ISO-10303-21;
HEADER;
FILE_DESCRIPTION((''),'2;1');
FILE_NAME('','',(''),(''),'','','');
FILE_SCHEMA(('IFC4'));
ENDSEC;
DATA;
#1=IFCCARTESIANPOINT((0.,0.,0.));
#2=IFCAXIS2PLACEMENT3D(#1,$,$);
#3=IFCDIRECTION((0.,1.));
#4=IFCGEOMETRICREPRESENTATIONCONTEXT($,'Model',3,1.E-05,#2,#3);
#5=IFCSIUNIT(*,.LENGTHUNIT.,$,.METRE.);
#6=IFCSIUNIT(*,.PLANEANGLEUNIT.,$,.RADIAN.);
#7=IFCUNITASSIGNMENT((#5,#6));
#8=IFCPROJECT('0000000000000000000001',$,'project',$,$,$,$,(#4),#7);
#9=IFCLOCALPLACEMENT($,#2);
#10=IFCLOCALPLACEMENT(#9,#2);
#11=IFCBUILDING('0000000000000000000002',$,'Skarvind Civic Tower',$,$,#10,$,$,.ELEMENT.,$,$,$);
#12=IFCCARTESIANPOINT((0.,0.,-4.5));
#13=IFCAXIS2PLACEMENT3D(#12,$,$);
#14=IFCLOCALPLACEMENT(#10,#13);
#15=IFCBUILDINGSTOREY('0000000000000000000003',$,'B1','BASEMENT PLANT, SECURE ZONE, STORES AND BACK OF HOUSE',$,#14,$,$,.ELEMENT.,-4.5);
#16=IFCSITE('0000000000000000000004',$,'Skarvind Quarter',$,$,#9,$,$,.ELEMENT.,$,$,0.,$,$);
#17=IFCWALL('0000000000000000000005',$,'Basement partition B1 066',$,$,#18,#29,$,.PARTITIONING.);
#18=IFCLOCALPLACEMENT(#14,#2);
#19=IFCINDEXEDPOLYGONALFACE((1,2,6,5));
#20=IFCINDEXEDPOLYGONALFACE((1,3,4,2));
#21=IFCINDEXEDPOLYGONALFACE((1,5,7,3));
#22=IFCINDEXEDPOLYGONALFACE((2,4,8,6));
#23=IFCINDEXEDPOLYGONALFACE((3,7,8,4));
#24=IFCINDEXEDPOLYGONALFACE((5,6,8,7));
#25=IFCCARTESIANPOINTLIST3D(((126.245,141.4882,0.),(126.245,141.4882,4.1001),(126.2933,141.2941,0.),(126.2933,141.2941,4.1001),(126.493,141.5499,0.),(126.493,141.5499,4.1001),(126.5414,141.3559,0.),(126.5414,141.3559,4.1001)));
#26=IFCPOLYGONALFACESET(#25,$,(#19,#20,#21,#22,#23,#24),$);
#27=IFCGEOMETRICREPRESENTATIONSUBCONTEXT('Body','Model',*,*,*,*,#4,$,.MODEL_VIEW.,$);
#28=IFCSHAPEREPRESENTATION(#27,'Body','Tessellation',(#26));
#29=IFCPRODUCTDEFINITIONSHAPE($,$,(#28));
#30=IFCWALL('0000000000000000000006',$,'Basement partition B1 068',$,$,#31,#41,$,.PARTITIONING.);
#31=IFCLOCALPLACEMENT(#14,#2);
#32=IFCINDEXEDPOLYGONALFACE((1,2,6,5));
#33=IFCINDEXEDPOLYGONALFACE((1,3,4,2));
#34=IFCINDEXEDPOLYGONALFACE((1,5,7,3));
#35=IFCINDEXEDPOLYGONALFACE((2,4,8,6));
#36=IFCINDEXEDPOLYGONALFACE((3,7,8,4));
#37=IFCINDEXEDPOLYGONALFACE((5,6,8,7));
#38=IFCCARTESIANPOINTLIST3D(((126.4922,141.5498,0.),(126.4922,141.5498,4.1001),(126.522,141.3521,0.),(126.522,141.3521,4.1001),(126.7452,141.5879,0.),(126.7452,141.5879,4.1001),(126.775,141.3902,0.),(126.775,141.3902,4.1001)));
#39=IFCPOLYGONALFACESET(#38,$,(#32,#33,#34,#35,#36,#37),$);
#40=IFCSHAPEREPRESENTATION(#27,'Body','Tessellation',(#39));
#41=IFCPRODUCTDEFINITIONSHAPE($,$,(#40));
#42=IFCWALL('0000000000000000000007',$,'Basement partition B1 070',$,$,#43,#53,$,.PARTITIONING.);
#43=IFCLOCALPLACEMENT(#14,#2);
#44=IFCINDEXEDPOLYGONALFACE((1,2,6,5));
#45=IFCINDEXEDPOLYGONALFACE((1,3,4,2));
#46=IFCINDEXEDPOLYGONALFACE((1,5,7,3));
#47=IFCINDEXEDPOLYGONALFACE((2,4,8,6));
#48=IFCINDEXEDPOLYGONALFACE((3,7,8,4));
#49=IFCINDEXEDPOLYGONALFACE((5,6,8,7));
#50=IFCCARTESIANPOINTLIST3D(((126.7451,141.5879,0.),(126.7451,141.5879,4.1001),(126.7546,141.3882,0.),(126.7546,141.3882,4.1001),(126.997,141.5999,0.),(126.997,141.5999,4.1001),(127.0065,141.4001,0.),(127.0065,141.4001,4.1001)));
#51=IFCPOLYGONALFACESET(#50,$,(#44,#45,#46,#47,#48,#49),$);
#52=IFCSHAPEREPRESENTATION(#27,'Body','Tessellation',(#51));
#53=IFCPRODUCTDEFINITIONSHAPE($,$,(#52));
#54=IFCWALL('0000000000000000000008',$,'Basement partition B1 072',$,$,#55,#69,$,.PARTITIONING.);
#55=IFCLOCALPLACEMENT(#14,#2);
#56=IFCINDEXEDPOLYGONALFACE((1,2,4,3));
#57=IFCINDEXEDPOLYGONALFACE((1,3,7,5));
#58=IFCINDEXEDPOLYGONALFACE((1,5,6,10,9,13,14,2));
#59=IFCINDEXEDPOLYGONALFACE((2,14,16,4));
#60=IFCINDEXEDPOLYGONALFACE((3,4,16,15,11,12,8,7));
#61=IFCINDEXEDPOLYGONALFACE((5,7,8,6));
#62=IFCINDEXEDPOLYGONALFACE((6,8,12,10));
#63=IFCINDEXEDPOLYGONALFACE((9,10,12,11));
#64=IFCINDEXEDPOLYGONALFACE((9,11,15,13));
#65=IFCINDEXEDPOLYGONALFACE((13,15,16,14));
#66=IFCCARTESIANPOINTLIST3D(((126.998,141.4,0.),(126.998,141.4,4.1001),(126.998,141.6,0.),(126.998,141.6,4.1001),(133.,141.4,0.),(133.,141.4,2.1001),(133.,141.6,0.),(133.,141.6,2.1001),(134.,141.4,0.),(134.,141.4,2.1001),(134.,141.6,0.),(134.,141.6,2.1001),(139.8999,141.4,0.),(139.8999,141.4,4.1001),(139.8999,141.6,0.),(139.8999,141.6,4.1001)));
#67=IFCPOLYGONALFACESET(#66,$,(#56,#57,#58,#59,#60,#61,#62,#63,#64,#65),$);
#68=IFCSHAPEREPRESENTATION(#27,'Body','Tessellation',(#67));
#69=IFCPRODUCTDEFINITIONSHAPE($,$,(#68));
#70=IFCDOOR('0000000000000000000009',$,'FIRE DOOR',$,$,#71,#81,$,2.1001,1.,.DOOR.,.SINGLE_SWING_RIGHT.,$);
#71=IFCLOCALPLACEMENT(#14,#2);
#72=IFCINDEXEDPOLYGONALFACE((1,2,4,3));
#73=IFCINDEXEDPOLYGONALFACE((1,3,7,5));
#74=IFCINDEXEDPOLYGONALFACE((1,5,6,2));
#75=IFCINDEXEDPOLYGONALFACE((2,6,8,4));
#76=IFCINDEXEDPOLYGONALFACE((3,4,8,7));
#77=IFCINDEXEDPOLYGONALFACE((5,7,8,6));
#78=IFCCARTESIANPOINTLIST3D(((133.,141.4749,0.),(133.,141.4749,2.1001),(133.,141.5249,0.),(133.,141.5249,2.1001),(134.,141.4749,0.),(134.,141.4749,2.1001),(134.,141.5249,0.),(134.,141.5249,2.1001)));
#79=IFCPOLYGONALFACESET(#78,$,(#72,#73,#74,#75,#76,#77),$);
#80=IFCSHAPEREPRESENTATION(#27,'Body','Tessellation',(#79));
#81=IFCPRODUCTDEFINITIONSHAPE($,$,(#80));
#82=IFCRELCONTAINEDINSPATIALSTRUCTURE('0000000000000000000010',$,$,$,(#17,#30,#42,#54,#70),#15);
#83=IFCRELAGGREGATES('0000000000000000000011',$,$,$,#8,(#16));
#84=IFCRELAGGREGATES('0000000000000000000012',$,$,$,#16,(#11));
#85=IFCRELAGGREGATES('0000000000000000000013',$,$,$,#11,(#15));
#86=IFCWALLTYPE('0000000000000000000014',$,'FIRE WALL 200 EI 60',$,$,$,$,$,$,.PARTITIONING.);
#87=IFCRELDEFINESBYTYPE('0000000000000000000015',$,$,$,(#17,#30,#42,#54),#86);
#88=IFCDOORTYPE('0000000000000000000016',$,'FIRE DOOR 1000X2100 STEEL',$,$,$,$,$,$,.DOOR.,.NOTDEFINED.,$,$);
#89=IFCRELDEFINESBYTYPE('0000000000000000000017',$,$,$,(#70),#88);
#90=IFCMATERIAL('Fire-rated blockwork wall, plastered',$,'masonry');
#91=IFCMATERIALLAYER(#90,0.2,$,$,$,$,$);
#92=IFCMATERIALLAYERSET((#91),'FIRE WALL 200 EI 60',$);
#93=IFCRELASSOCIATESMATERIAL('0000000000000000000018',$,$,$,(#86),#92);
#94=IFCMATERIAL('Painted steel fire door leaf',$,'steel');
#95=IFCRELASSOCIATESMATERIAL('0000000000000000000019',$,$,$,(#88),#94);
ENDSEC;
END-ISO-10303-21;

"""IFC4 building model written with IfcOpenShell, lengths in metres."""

from ifc_helpers import new_model, si_unit, direction, frame, frame_2d, origin, place, context, subcontext, project, spatial, rectangle, extrude, material, layer, layer_set, type_object, element, fill, save


model = new_model("IFC4")

# Units and contexts
model_context = context("Model", 3, precision=1e-05, world=origin(), true_north=direction((0.0, 1.0)))
body_context = subcontext(model_context, "Body", "Model", "MODEL_VIEW")
ifc_project = project(units=[si_unit("LENGTHUNIT", "METRE"), si_unit("PLANEANGLEUNIT", "RADIAN")], contexts=[model_context])

# Site, building, storey
site_placement = place(None, origin())
site = spatial("IfcSite", under=ifc_project, at=site_placement, Name="Skarvind Quarter", CompositionType="ELEMENT", RefElevation=0.0)
building_placement = place(site_placement, origin())
building = spatial("IfcBuilding", under=site, at=building_placement, Name="Skarvind Civic Tower", CompositionType="ELEMENT")
storey_placement = place(building_placement, frame((0.0, 0.0, -4.5)))
storey = spatial("IfcBuildingStorey", under=building, at=storey_placement, Name="B1", Description="BASEMENT PLANT, SECURE ZONE, STORES AND BACK OF HOUSE", CompositionType="ELEMENT", Elevation=-4.5)

# Walls
ifc_material_1 = material(Name="Fire-rated blockwork wall, plastered", Category="masonry")
ifc_layer_1 = layer(ifc_material_1, 0.2)
ifc_layer_set_1 = layer_set([ifc_layer_1], Name="FIRE WALL 200 EI 60")
wall_type_1 = type_object("IfcWallType", Name="FIRE WALL 200 EI 60", PredefinedType="PARTITIONING", material=ifc_layer_set_1)
wall_1_placement = place(storey_placement, frame((126.269, 141.3911, 0.0), z_axis=(0.0, 0.0, 1.0), x_axis=(0.970367, 0.241637, 0.0)))
element("IfcWall", 1, at=wall_1_placement, inside=storey, type_object=wall_type_1, Name="Basement partition B1 066", PredefinedType="PARTITIONING", context=body_context, shape_type="SweptSolid", body=[
    extrude(rectangle(XDim=0.2556, YDim=0.2, at=frame_2d((0.1279, 0.0))), origin(), (0.0, 0.0, 1.0), 4.1001),
])
wall_2_placement = place(storey_placement, frame((126.5071, 141.4509, 0.0), z_axis=(0.0, 0.0, 1.0), x_axis=(0.988852, 0.148901, 0.0)))
element("IfcWall", 2, at=wall_2_placement, inside=storey, type_object=wall_type_1, Name="Basement partition B1 068", PredefinedType="PARTITIONING", context=body_context, shape_type="SweptSolid", body=[
    extrude(rectangle(XDim=0.2559, YDim=0.2, at=frame_2d((0.1279, 0.0))), origin(), (0.0, 0.0, 1.0), 4.1001),
])
wall_3_placement = place(storey_placement, frame((126.75, 141.488, 0.0), z_axis=(0.0, 0.0, 1.0), x_axis=(0.998875, 0.047427, 0.0)))
element("IfcWall", 3, at=wall_3_placement, inside=storey, type_object=wall_type_1, Name="Basement partition B1 070", PredefinedType="PARTITIONING", context=body_context, shape_type="SweptSolid", body=[
    extrude(rectangle(XDim=0.2522, YDim=0.2, at=frame_2d((0.126, 0.0))), origin(), (0.0, 0.0, 1.0), 4.1001),
])

# Wall, opening, door
wall_4_placement = place(storey_placement, frame((126.998, 141.5, 0.0), z_axis=(0.0, 0.0, 1.0), x_axis=(1.0, 0.0, 0.0)))
wall_4 = element("IfcWall", 4, at=wall_4_placement, inside=storey, type_object=wall_type_1, Name="Basement partition B1 072", PredefinedType="PARTITIONING", context=body_context, shape_type="SweptSolid", body=[
    extrude(rectangle(XDim=12.9019, YDim=0.2, at=frame_2d((6.4509, 0.0))), origin(), (0.0, 0.0, 1.0), 4.1001),
])
opening_placement = place(wall_4_placement, frame((6.002, 0.0, 0.0)))
opening = element("IfcOpeningElement", 5, at=opening_placement, cuts=wall_4, PredefinedType="OPENING", context=body_context, shape_type="SweptSolid", body=[
    extrude(rectangle(XDim=1.0, YDim=2.1001, at=frame_2d((0.5, 1.05))), frame((0.0, 0.1099, 0.0), z_axis=(0.0, -1.0, 0.0), x_axis=(1.0, 0.0, 0.0)), (0.0, 0.0, 1.0), 0.22),
])
ifc_material_2 = material(Name="Painted steel fire door leaf", Category="steel")
door_type = type_object("IfcDoorType", Name="FIRE DOOR 1000X2100 STEEL", OperationType="NOTDEFINED", PredefinedType="DOOR", material=ifc_material_2)
door_placement = place(opening_placement, origin())
door = element("IfcDoor", 6, at=door_placement, inside=storey, type_object=door_type, Name="FIRE DOOR", OperationType="SINGLE_SWING_RIGHT", OverallHeight=2.1001, OverallWidth=1.0, PredefinedType="DOOR", context=body_context, shape_type="SweptSolid", body=[
    extrude(rectangle(XDim=1.0, YDim=2.1001, at=frame_2d((0.5, 1.05))), frame((0.0, 0.0249, 0.0), z_axis=(0.0, -1.0, 0.0), x_axis=(1.0, 0.0, 0.0)), (0.0, 0.0, 1.0), 0.05),
])
fill(opening, door)

save(model, "model.ifc")
